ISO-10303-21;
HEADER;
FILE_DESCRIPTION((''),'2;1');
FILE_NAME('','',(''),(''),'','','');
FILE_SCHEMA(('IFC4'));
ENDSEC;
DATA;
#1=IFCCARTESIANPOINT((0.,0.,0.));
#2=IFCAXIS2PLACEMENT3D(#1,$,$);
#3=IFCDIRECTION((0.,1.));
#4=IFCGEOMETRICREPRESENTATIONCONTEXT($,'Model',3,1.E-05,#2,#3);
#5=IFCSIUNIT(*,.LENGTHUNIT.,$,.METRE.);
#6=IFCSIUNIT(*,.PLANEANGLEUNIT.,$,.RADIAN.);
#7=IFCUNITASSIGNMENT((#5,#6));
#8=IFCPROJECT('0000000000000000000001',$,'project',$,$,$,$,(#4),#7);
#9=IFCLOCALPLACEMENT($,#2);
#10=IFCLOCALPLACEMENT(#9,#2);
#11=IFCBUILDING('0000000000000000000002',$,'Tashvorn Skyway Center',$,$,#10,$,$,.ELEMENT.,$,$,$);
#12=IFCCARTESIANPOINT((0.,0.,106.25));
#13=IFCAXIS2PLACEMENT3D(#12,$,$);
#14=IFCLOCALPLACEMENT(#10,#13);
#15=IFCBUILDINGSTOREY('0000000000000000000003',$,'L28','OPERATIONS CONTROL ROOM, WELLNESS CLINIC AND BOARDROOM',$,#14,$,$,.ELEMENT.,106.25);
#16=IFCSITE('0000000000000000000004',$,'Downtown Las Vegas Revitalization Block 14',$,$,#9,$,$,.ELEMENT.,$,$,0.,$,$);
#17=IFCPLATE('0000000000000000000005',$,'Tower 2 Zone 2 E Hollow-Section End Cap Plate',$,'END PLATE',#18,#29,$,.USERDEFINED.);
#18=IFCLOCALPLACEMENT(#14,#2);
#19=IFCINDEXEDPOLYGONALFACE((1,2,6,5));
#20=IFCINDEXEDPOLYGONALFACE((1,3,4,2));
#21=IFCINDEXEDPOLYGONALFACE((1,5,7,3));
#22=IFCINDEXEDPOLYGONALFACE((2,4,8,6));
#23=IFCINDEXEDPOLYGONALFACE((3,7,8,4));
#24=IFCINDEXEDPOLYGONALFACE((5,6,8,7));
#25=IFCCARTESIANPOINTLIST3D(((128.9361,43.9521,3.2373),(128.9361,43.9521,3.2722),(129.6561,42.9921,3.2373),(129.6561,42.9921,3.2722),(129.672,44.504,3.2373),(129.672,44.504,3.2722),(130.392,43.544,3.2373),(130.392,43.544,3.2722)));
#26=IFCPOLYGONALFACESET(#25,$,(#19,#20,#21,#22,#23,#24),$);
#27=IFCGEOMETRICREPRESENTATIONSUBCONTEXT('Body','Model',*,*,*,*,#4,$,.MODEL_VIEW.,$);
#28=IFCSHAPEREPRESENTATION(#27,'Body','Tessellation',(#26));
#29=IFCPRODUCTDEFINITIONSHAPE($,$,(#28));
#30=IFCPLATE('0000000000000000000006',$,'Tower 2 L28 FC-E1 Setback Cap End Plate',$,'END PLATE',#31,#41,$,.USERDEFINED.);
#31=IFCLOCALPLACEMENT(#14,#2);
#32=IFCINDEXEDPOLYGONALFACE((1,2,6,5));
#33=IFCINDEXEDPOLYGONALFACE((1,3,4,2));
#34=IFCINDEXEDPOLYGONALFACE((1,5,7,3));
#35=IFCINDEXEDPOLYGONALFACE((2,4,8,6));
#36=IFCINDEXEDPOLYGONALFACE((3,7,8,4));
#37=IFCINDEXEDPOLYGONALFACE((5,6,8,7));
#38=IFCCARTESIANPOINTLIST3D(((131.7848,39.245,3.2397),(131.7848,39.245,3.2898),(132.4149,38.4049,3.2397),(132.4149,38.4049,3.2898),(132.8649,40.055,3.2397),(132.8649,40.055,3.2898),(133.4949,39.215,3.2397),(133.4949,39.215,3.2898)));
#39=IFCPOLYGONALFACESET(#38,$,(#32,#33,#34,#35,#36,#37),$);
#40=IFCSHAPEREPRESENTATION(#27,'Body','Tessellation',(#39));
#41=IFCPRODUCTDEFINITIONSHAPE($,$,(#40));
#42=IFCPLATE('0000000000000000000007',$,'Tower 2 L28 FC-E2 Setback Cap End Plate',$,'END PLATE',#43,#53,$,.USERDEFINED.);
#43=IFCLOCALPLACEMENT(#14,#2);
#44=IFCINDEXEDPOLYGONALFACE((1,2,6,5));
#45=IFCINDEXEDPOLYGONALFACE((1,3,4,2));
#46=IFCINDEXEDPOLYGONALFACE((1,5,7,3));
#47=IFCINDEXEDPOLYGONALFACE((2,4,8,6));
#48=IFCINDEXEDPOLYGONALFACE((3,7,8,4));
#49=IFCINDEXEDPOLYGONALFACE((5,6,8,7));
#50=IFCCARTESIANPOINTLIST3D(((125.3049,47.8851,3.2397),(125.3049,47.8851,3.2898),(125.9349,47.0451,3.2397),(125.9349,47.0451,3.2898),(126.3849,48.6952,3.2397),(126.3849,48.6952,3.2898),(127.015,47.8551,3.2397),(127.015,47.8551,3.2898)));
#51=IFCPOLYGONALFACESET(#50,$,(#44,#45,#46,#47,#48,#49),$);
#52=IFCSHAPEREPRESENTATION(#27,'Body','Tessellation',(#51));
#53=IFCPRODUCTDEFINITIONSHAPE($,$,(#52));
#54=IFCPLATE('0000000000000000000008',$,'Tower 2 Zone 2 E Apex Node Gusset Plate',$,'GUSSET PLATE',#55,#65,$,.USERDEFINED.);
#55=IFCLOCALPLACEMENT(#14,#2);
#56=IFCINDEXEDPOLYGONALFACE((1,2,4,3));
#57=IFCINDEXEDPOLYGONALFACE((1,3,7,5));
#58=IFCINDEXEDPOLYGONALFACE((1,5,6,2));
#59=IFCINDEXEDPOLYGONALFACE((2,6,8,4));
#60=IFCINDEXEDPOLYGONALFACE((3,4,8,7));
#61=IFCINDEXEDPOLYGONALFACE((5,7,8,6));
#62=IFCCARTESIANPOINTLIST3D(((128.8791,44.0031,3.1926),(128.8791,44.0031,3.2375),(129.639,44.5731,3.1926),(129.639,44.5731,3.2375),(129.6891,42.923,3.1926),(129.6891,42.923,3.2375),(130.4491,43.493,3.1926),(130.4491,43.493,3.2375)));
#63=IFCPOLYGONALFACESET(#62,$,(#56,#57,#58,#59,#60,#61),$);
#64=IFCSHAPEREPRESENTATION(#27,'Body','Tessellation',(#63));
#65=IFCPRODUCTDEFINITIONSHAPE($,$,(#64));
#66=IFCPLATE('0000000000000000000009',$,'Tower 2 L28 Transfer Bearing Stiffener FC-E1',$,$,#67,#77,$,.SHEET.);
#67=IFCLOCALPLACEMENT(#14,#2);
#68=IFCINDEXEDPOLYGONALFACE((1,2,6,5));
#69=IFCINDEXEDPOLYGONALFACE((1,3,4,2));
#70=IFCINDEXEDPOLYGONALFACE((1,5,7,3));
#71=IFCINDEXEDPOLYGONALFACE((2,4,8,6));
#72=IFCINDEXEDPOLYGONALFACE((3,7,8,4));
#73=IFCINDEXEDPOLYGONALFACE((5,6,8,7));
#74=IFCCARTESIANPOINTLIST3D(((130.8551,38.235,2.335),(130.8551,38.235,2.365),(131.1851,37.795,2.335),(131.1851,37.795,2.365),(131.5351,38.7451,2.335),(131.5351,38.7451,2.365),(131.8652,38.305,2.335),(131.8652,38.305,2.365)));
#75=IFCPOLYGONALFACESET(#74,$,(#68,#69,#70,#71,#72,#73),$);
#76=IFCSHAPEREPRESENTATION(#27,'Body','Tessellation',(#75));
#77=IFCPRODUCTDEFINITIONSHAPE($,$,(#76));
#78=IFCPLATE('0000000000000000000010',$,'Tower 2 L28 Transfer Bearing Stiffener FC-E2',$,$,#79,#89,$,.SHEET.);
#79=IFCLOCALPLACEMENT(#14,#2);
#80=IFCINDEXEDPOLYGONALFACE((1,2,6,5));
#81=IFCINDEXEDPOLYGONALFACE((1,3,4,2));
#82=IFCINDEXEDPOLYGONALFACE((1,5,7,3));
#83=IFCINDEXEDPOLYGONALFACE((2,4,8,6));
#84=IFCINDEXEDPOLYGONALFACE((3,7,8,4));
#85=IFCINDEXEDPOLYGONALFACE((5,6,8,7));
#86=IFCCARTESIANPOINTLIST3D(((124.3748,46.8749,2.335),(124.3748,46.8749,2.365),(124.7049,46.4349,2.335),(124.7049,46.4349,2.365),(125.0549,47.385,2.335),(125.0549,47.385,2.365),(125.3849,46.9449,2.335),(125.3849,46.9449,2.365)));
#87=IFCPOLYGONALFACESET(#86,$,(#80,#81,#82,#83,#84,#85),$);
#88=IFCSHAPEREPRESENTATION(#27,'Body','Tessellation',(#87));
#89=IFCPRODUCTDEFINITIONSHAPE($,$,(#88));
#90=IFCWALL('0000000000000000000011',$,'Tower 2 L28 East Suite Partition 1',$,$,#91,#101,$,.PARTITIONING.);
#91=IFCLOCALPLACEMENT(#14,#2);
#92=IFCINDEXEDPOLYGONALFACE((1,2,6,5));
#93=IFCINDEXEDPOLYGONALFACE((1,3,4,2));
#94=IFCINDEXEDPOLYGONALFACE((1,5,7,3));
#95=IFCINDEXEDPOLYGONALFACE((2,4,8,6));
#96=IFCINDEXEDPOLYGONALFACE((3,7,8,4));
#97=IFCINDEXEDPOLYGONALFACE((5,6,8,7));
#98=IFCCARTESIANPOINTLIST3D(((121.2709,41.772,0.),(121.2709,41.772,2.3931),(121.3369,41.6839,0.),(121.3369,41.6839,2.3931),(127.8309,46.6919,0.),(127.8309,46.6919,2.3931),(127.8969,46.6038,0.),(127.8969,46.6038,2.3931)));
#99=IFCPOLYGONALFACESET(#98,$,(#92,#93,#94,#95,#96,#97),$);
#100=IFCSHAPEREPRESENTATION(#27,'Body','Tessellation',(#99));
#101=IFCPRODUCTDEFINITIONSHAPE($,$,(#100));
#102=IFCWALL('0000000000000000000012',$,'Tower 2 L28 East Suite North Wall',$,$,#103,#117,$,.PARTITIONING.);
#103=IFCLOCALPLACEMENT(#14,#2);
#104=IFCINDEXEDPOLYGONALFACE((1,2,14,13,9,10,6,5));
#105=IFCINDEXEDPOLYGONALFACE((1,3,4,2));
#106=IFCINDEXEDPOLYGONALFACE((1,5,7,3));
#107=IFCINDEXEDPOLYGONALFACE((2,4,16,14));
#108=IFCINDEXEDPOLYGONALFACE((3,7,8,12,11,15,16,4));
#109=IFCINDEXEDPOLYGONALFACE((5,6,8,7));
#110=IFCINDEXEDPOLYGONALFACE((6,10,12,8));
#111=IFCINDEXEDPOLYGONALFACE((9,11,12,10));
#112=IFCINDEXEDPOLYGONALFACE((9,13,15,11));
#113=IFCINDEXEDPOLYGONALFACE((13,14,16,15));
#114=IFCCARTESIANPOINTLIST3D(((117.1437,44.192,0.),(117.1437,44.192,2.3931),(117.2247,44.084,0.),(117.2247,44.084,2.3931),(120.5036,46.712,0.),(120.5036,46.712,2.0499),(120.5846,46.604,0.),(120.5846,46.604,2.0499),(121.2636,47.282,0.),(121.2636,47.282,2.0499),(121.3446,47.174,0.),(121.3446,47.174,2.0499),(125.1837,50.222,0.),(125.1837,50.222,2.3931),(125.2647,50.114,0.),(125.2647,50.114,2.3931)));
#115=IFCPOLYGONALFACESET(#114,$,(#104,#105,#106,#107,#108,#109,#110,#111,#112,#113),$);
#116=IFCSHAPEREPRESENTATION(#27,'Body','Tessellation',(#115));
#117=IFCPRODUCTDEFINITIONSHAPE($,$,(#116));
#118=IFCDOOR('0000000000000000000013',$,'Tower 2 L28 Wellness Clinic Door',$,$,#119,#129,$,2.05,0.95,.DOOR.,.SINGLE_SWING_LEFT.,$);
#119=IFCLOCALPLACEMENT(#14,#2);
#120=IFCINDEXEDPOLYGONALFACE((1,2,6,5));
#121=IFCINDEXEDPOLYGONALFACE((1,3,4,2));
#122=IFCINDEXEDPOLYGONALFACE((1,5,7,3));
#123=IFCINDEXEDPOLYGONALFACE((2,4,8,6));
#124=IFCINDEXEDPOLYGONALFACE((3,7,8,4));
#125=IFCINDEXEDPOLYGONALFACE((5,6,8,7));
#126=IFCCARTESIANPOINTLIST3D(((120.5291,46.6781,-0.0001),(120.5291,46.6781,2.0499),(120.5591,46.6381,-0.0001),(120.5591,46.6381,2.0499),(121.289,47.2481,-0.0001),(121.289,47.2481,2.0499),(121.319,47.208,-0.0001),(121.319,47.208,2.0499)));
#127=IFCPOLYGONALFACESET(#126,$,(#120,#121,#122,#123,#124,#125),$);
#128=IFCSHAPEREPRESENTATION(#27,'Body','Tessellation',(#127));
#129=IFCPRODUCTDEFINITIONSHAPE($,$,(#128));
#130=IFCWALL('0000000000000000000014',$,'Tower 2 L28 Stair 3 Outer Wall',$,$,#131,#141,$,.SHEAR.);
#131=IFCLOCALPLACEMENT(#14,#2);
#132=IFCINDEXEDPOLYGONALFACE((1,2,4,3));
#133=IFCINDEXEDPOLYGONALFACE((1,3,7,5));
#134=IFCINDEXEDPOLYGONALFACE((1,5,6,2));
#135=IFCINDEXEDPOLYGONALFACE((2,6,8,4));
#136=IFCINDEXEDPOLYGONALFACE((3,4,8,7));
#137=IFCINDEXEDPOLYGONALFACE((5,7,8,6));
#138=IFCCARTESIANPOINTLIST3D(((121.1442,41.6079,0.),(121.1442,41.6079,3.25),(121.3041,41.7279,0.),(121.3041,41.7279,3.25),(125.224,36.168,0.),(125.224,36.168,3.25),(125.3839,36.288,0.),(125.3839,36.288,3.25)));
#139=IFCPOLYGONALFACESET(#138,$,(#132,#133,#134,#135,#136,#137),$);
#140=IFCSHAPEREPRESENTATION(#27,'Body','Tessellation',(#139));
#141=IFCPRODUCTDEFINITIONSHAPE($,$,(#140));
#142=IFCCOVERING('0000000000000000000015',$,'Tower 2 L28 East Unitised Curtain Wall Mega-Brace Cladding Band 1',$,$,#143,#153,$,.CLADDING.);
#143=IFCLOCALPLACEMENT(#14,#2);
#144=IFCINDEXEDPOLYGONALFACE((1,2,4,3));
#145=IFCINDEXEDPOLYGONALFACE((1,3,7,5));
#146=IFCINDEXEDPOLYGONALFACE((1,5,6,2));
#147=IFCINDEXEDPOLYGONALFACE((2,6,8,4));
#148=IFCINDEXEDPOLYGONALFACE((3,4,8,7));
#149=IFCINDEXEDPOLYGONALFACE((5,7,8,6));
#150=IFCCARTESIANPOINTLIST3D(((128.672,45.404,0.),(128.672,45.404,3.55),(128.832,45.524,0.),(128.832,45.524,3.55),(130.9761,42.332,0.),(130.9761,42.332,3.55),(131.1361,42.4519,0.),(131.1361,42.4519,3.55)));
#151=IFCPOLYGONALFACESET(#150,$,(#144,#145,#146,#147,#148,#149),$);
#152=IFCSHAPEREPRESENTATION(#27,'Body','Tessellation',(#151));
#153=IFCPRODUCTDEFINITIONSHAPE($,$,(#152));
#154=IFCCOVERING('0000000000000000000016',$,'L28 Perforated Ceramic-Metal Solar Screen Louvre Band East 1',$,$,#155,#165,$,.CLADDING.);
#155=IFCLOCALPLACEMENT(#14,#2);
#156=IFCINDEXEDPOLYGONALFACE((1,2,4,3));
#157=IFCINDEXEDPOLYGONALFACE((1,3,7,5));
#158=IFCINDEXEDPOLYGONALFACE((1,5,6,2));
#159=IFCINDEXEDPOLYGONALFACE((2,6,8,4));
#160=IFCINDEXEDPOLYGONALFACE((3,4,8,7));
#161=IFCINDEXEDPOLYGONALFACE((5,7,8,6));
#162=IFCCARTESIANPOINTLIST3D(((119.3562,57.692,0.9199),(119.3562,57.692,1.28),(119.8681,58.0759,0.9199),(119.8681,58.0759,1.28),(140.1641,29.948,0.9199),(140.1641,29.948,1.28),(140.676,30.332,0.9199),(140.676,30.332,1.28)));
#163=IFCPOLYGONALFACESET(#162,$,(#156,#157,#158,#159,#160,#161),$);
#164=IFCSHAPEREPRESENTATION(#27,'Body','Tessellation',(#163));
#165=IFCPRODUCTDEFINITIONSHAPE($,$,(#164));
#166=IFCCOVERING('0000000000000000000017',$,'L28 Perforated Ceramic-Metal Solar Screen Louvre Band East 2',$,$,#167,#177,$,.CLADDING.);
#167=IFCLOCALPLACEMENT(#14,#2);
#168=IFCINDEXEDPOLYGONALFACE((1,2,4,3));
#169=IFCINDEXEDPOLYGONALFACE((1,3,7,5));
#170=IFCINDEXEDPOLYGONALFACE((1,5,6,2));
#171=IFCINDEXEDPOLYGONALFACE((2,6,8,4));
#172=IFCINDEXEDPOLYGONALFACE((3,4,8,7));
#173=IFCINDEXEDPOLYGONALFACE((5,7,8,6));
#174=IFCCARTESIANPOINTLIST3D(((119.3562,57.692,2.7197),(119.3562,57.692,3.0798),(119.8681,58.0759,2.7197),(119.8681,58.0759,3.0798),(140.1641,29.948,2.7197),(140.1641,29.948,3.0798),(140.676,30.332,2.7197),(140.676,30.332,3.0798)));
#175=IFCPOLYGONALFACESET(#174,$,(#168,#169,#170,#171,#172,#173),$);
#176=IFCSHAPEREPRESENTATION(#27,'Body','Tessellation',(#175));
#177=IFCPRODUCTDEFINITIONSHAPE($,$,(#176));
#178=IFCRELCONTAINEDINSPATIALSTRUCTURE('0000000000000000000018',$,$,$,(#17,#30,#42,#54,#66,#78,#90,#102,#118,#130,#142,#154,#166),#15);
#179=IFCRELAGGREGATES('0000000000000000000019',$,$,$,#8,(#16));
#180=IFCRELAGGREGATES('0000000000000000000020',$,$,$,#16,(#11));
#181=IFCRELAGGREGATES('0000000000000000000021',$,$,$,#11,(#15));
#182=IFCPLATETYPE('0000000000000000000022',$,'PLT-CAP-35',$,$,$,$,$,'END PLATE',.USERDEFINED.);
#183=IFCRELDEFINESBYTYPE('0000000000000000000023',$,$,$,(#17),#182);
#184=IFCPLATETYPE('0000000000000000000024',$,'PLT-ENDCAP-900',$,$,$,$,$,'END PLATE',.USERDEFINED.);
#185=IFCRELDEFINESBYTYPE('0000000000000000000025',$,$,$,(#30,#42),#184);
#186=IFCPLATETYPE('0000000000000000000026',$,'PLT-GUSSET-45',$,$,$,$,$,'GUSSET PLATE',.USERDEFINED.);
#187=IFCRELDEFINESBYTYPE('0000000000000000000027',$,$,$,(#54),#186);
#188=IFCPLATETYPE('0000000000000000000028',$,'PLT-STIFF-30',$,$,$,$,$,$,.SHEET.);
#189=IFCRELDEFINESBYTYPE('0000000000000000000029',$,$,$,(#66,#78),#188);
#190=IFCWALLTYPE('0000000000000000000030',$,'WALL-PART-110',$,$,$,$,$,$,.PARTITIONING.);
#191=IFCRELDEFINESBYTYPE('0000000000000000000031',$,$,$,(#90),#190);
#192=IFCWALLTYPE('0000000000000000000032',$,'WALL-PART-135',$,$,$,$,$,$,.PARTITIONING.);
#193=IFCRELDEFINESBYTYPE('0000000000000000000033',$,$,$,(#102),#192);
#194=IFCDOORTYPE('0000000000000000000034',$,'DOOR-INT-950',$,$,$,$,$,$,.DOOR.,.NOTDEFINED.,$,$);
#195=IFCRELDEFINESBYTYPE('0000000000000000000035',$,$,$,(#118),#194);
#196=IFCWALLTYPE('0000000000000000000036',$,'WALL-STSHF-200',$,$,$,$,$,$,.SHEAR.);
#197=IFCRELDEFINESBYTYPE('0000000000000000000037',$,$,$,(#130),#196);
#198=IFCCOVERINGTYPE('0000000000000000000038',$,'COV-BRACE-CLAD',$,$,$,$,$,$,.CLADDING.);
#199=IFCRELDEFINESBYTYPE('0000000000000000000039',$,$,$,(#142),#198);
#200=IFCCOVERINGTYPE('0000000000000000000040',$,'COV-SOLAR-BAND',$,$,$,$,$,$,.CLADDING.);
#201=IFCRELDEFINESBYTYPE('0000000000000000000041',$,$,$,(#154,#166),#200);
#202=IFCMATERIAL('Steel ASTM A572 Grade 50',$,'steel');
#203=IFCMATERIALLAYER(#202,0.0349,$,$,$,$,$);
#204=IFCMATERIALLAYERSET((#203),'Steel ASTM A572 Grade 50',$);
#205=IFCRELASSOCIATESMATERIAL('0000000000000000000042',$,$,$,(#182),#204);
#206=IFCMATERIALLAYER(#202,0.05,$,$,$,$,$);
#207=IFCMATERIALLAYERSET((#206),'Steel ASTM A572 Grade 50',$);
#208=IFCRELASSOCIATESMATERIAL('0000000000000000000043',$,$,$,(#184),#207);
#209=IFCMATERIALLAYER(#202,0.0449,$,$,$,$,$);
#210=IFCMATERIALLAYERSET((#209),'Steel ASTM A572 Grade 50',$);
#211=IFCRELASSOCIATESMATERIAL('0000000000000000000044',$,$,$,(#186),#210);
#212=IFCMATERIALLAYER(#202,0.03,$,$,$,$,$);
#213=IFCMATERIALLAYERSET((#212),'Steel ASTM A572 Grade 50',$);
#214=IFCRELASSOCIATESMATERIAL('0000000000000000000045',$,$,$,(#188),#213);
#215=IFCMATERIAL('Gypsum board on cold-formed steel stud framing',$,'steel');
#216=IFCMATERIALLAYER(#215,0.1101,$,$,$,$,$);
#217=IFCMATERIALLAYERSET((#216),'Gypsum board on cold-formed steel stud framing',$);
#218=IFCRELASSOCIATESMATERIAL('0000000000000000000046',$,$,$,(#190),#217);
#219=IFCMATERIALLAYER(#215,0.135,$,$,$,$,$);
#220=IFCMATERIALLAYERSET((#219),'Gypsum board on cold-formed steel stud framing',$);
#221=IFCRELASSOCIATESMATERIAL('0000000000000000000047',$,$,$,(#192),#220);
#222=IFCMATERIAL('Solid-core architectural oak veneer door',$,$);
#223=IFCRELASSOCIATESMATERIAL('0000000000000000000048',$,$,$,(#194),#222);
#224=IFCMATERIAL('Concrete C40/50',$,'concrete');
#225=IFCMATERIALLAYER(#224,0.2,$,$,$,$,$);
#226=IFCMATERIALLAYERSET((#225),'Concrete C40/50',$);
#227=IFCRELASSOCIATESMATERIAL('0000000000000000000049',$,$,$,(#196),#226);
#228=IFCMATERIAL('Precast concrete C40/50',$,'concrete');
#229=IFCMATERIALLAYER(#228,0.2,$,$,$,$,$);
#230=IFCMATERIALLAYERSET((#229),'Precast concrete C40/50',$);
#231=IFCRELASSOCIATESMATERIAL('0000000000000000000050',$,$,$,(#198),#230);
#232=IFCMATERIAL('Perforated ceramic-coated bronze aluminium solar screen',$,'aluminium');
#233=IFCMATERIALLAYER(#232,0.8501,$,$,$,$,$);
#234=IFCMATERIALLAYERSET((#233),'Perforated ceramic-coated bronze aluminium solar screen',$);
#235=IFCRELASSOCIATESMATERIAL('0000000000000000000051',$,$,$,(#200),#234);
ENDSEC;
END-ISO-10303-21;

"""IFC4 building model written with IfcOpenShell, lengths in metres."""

from ifc_helpers import new_model, si_unit, direction, frame, frame_2d, origin, origin_2d, place, context, subcontext, project, spatial, rectangle, extrude, material, layer, layer_set, type_object, element, fill, save


model = new_model("IFC4")

# Units and contexts
model_context = context("Model", 3, precision=1e-05, world=origin(), true_north=direction((0.0, 1.0)))
body_context = subcontext(model_context, "Body", "Model", "MODEL_VIEW")
ifc_project = project(units=[si_unit("LENGTHUNIT", "METRE"), si_unit("PLANEANGLEUNIT", "RADIAN")], contexts=[model_context])

# Site, building, storey
site_placement = place(None, origin())
site = spatial("IfcSite", under=ifc_project, at=site_placement, Name="Downtown Las Vegas Revitalization Block 14", CompositionType="ELEMENT", RefElevation=0.0)
building_placement = place(site_placement, origin())
building = spatial("IfcBuilding", under=site, at=building_placement, Name="Tashvorn Skyway Center", CompositionType="ELEMENT")
storey_placement = place(building_placement, frame((0.0, 0.0, 106.25)))
storey = spatial("IfcBuildingStorey", under=building, at=storey_placement, Name="L28", Description="OPERATIONS CONTROL ROOM, WELLNESS CLINIC AND BOARDROOM", CompositionType="ELEMENT", Elevation=106.25)

# Shared definitions
ifc_material_1 = material(Name="Steel ASTM A572 Grade 50", Category="steel")

# Plates
ifc_layer_1 = layer(ifc_material_1, 0.0349)
ifc_layer_set_1 = layer_set([ifc_layer_1], Name="Steel ASTM A572 Grade 50")
plate_type_1 = type_object("IfcPlateType", Name="PLT-CAP-35", ElementType="END PLATE", PredefinedType="USERDEFINED", material=ifc_layer_set_1)
plate_1_placement = place(storey_placement, frame((129.6641, 43.748, 3.2373), z_axis=(0.0, 0.0, 1.0), x_axis=(-0.6, 0.8, 0.0)))
element("IfcPlate", 1, at=plate_1_placement, inside=storey, type_object=plate_type_1, Name="Tower 2 Zone 2 E Hollow-Section End Cap Plate", ObjectType="END PLATE", PredefinedType="USERDEFINED", context=body_context, shape_type="SweptSolid", body=[
    extrude(rectangle(XDim=1.2, YDim=0.9199, at=origin_2d()), origin(), (0.0, 0.0, 1.0), 0.0349),
])
ifc_layer_2 = layer(ifc_material_1, 0.05)
ifc_layer_set_2 = layer_set([ifc_layer_2], Name="Steel ASTM A572 Grade 50")
plate_type_2 = type_object("IfcPlateType", Name="PLT-ENDCAP-900", ElementType="END PLATE", PredefinedType="USERDEFINED", material=ifc_layer_set_2)
for number, where, z_axis, x_axis, name in (
    (2, (132.6399, 39.23, 3.2397), (0.0, 0.0, 1.0), (0.8, 0.6, 0.0), "Tower 2 L28 FC-E1 Setback Cap End Plate"),
    (3, (126.1599, 47.8701, 3.2397), (0.0, 0.0, 1.0), (0.8, 0.6, 0.0), "Tower 2 L28 FC-E2 Setback Cap End Plate"),
):
    element("IfcPlate", number, at=place(storey_placement, frame(where, z_axis=z_axis, x_axis=x_axis)), inside=storey, type_object=plate_type_2, Name=name, ObjectType="END PLATE", PredefinedType="USERDEFINED", context=body_context, shape_type="SweptSolid", body=[
        extrude(rectangle(XDim=1.3501, YDim=1.05, at=origin_2d()), origin(), (0.0, 0.0, 1.0), 0.05),
    ])
ifc_layer_3 = layer(ifc_material_1, 0.0449)
ifc_layer_set_3 = layer_set([ifc_layer_3], Name="Steel ASTM A572 Grade 50")
plate_type_3 = type_object("IfcPlateType", Name="PLT-GUSSET-45", ElementType="GUSSET PLATE", PredefinedType="USERDEFINED", material=ifc_layer_set_3)
plate_2_placement = place(storey_placement, frame((129.6641, 43.748, 3.1926), z_axis=(0.0, 0.0, 1.0), x_axis=(-0.6, 0.8, 0.0)))
element("IfcPlate", 4, at=plate_2_placement, inside=storey, type_object=plate_type_3, Name="Tower 2 Zone 2 E Apex Node Gusset Plate", ObjectType="GUSSET PLATE", PredefinedType="USERDEFINED", context=body_context, shape_type="SweptSolid", body=[
    extrude(rectangle(XDim=1.3501, YDim=0.95, at=origin_2d()), origin(), (0.0, 0.0, 1.0), 0.0449),
])
ifc_layer_4 = layer(ifc_material_1, 0.03)
ifc_layer_set_4 = layer_set([ifc_layer_4], Name="Steel ASTM A572 Grade 50")
plate_type_4 = type_object("IfcPlateType", Name="PLT-STIFF-30", PredefinedType="SHEET", material=ifc_layer_set_4)
for number, where, z_axis, x_axis, name in (
    (5, (131.3601, 38.27, 2.335), (0.0, 0.0, 1.0), (0.8, 0.6, 0.0), "Tower 2 L28 Transfer Bearing Stiffener FC-E1"),
    (6, (124.8799, 46.9099, 2.335), (0.0, 0.0, 1.0), (0.8, 0.6, 0.0), "Tower 2 L28 Transfer Bearing Stiffener FC-E2"),
):
    element("IfcPlate", number, at=place(storey_placement, frame(where, z_axis=z_axis, x_axis=x_axis)), inside=storey, type_object=plate_type_4, Name=name, PredefinedType="SHEET", context=body_context, shape_type="SweptSolid", body=[
        extrude(rectangle(XDim=0.8501, YDim=0.55, at=origin_2d()), origin(), (0.0, 0.0, 1.0), 0.03),
    ])

# Wall
ifc_material_2 = material(Name="Gypsum board on cold-formed steel stud framing", Category="steel")
ifc_layer_5 = layer(ifc_material_2, 0.1101)
ifc_layer_set_5 = layer_set([ifc_layer_5], Name="Gypsum board on cold-formed steel stud framing")
wall_type_1 = type_object("IfcWallType", Name="WALL-PART-110", PredefinedType="PARTITIONING", material=ifc_layer_set_5)
wall_1_placement = place(storey_placement, frame((127.864, 46.6479, 0.0), z_axis=(0.0, 0.0, 1.0), x_axis=(-0.800007, -0.59999, 0.0)))
element("IfcWall", 7, at=wall_1_placement, inside=storey, type_object=wall_type_1, Name="Tower 2 L28 East Suite Partition 1", PredefinedType="PARTITIONING", context=body_context, shape_type="SweptSolid", body=[
    extrude(rectangle(XDim=8.2, YDim=0.1101, at=frame_2d((4.1001, 0.0))), origin(), (0.0, 0.0, 1.0), 2.3931),
])

# Wall, opening, door
ifc_layer_6 = layer(ifc_material_2, 0.135)
ifc_layer_set_6 = layer_set([ifc_layer_6], Name="Gypsum board on cold-formed steel stud framing")
wall_type_2 = type_object("IfcWallType", Name="WALL-PART-135", PredefinedType="PARTITIONING", material=ifc_layer_set_6)
wall_2_placement = place(storey_placement, frame((125.2241, 50.168, 0.0), z_axis=(0.0, 0.0, 1.0), x_axis=(-0.8, -0.6, 0.0)))
wall_2 = element("IfcWall", 8, at=wall_2_placement, inside=storey, type_object=wall_type_2, Name="Tower 2 L28 East Suite North Wall", PredefinedType="PARTITIONING", context=body_context, shape_type="SweptSolid", body=[
    extrude(rectangle(XDim=10.05, YDim=0.135, at=frame_2d((5.0249, 0.0))), origin(), (0.0, 0.0, 1.0), 2.3931),
])
opening_placement = place(wall_2_placement, frame((4.8999, 0.0, 0.0)))
opening = element("IfcOpeningElement", 9, at=opening_placement, cuts=wall_2, PredefinedType="OPENING", context=body_context, shape_type="SweptSolid", body=[
    extrude(rectangle(XDim=0.95, YDim=2.05, at=frame_2d((0.4751, 1.0249))), frame((0.0, 0.0774, 0.0), z_axis=(0.0, -1.0, 0.0), x_axis=(1.0, 0.0, 0.0)), (0.0, 0.0, 1.0), 0.155),
])
ifc_material_3 = material(Name="Solid-core architectural oak veneer door")
door_type = type_object("IfcDoorType", Name="DOOR-INT-950", OperationType="NOTDEFINED", PredefinedType="DOOR", material=ifc_material_3)
door_placement = place(opening_placement, origin())
door = element("IfcDoor", 10, at=door_placement, inside=storey, type_object=door_type, Name="Tower 2 L28 Wellness Clinic Door", OperationType="SINGLE_SWING_LEFT", OverallHeight=2.05, OverallWidth=0.95, PredefinedType="DOOR", context=body_context, shape_type="SweptSolid", body=[
    extrude(rectangle(XDim=0.95, YDim=2.05, at=frame_2d((0.4751, 1.0249))), frame((0.0, 0.0249, 0.0), z_axis=(0.0, -1.0, 0.0), x_axis=(1.0, 0.0, 0.0)), (0.0, 0.0, 1.0), 0.05),
])
fill(opening, door)

# Wall
ifc_material_4 = material(Name="Concrete C40/50", Category="concrete")
ifc_layer_7 = layer(ifc_material_4, 0.2)
ifc_layer_set_7 = layer_set([ifc_layer_7], Name="Concrete C40/50")
wall_type_3 = type_object("IfcWallType", Name="WALL-STSHF-200", PredefinedType="SHEAR", material=ifc_layer_set_7)
wall_3_placement = place(storey_placement, frame((125.304, 36.228, 0.0), z_axis=(0.0, 0.0, 1.0), x_axis=(-0.599989, 0.800009, 0.0)))
element("IfcWall", 11, at=wall_3_placement, inside=storey, type_object=wall_type_3, Name="Tower 2 L28 Stair 3 Outer Wall", PredefinedType="SHEAR", context=body_context, shape_type="SweptSolid", body=[
    extrude(rectangle(XDim=6.7998, YDim=0.2, at=frame_2d((3.3999, 0.0))), origin(), (0.0, 0.0, 1.0), 3.25),
])

# Coverings
ifc_material_5 = material(Name="Precast concrete C40/50", Category="concrete")
ifc_layer_8 = layer(ifc_material_5, 0.2)
ifc_layer_set_8 = layer_set([ifc_layer_8], Name="Precast concrete C40/50")
covering_type_1 = type_object("IfcCoveringType", Name="COV-BRACE-CLAD", PredefinedType="CLADDING", material=ifc_layer_set_8)
covering_placement = place(storey_placement, frame((129.9041, 43.928, 0.0), z_axis=(0.0, 0.0, 1.0), x_axis=(0.6, -0.8, 0.0)))
element("IfcCovering", 12, at=covering_placement, inside=storey, type_object=covering_type_1, Name="Tower 2 L28 East Unitised Curtain Wall Mega-Brace Cladding Band 1", PredefinedType="CLADDING", context=body_context, shape_type="SweptSolid", body=[
    extrude(rectangle(XDim=3.8401, YDim=0.2, at=origin_2d()), origin(), (0.0, 0.0, 1.0), 3.55),
])
ifc_material_6 = material(Name="Perforated ceramic-coated bronze aluminium solar screen", Category="aluminium")
ifc_layer_9 = layer(ifc_material_6, 0.8501)
ifc_layer_set_9 = layer_set([ifc_layer_9], Name="Perforated ceramic-coated bronze aluminium solar screen")
covering_type_2 = type_object("IfcCoveringType", Name="COV-SOLAR-BAND", PredefinedType="CLADDING", material=ifc_layer_set_9)
for number, where, z_axis, x_axis, name in (
    (13, (130.0161, 44.012, 0.9199), (0.0, 0.0, 1.0), (0.6, -0.8, 0.0), "L28 Perforated Ceramic-Metal Solar Screen Louvre Band East 1"),
    (14, (130.0161, 44.012, 2.7197), (0.0, 0.0, 1.0), (0.6, -0.8, 0.0), "L28 Perforated Ceramic-Metal Solar Screen Louvre Band East 2"),
):
    element("IfcCovering", number, at=place(storey_placement, frame(where, z_axis=z_axis, x_axis=x_axis)), inside=storey, type_object=covering_type_2, Name=name, PredefinedType="CLADDING", context=body_context, shape_type="SweptSolid", body=[
        extrude(rectangle(XDim=34.6799, YDim=0.6399, at=origin_2d()), origin(), (0.0, 0.0, 1.0), 0.3601),
    ])

save(model, "model.ifc")
